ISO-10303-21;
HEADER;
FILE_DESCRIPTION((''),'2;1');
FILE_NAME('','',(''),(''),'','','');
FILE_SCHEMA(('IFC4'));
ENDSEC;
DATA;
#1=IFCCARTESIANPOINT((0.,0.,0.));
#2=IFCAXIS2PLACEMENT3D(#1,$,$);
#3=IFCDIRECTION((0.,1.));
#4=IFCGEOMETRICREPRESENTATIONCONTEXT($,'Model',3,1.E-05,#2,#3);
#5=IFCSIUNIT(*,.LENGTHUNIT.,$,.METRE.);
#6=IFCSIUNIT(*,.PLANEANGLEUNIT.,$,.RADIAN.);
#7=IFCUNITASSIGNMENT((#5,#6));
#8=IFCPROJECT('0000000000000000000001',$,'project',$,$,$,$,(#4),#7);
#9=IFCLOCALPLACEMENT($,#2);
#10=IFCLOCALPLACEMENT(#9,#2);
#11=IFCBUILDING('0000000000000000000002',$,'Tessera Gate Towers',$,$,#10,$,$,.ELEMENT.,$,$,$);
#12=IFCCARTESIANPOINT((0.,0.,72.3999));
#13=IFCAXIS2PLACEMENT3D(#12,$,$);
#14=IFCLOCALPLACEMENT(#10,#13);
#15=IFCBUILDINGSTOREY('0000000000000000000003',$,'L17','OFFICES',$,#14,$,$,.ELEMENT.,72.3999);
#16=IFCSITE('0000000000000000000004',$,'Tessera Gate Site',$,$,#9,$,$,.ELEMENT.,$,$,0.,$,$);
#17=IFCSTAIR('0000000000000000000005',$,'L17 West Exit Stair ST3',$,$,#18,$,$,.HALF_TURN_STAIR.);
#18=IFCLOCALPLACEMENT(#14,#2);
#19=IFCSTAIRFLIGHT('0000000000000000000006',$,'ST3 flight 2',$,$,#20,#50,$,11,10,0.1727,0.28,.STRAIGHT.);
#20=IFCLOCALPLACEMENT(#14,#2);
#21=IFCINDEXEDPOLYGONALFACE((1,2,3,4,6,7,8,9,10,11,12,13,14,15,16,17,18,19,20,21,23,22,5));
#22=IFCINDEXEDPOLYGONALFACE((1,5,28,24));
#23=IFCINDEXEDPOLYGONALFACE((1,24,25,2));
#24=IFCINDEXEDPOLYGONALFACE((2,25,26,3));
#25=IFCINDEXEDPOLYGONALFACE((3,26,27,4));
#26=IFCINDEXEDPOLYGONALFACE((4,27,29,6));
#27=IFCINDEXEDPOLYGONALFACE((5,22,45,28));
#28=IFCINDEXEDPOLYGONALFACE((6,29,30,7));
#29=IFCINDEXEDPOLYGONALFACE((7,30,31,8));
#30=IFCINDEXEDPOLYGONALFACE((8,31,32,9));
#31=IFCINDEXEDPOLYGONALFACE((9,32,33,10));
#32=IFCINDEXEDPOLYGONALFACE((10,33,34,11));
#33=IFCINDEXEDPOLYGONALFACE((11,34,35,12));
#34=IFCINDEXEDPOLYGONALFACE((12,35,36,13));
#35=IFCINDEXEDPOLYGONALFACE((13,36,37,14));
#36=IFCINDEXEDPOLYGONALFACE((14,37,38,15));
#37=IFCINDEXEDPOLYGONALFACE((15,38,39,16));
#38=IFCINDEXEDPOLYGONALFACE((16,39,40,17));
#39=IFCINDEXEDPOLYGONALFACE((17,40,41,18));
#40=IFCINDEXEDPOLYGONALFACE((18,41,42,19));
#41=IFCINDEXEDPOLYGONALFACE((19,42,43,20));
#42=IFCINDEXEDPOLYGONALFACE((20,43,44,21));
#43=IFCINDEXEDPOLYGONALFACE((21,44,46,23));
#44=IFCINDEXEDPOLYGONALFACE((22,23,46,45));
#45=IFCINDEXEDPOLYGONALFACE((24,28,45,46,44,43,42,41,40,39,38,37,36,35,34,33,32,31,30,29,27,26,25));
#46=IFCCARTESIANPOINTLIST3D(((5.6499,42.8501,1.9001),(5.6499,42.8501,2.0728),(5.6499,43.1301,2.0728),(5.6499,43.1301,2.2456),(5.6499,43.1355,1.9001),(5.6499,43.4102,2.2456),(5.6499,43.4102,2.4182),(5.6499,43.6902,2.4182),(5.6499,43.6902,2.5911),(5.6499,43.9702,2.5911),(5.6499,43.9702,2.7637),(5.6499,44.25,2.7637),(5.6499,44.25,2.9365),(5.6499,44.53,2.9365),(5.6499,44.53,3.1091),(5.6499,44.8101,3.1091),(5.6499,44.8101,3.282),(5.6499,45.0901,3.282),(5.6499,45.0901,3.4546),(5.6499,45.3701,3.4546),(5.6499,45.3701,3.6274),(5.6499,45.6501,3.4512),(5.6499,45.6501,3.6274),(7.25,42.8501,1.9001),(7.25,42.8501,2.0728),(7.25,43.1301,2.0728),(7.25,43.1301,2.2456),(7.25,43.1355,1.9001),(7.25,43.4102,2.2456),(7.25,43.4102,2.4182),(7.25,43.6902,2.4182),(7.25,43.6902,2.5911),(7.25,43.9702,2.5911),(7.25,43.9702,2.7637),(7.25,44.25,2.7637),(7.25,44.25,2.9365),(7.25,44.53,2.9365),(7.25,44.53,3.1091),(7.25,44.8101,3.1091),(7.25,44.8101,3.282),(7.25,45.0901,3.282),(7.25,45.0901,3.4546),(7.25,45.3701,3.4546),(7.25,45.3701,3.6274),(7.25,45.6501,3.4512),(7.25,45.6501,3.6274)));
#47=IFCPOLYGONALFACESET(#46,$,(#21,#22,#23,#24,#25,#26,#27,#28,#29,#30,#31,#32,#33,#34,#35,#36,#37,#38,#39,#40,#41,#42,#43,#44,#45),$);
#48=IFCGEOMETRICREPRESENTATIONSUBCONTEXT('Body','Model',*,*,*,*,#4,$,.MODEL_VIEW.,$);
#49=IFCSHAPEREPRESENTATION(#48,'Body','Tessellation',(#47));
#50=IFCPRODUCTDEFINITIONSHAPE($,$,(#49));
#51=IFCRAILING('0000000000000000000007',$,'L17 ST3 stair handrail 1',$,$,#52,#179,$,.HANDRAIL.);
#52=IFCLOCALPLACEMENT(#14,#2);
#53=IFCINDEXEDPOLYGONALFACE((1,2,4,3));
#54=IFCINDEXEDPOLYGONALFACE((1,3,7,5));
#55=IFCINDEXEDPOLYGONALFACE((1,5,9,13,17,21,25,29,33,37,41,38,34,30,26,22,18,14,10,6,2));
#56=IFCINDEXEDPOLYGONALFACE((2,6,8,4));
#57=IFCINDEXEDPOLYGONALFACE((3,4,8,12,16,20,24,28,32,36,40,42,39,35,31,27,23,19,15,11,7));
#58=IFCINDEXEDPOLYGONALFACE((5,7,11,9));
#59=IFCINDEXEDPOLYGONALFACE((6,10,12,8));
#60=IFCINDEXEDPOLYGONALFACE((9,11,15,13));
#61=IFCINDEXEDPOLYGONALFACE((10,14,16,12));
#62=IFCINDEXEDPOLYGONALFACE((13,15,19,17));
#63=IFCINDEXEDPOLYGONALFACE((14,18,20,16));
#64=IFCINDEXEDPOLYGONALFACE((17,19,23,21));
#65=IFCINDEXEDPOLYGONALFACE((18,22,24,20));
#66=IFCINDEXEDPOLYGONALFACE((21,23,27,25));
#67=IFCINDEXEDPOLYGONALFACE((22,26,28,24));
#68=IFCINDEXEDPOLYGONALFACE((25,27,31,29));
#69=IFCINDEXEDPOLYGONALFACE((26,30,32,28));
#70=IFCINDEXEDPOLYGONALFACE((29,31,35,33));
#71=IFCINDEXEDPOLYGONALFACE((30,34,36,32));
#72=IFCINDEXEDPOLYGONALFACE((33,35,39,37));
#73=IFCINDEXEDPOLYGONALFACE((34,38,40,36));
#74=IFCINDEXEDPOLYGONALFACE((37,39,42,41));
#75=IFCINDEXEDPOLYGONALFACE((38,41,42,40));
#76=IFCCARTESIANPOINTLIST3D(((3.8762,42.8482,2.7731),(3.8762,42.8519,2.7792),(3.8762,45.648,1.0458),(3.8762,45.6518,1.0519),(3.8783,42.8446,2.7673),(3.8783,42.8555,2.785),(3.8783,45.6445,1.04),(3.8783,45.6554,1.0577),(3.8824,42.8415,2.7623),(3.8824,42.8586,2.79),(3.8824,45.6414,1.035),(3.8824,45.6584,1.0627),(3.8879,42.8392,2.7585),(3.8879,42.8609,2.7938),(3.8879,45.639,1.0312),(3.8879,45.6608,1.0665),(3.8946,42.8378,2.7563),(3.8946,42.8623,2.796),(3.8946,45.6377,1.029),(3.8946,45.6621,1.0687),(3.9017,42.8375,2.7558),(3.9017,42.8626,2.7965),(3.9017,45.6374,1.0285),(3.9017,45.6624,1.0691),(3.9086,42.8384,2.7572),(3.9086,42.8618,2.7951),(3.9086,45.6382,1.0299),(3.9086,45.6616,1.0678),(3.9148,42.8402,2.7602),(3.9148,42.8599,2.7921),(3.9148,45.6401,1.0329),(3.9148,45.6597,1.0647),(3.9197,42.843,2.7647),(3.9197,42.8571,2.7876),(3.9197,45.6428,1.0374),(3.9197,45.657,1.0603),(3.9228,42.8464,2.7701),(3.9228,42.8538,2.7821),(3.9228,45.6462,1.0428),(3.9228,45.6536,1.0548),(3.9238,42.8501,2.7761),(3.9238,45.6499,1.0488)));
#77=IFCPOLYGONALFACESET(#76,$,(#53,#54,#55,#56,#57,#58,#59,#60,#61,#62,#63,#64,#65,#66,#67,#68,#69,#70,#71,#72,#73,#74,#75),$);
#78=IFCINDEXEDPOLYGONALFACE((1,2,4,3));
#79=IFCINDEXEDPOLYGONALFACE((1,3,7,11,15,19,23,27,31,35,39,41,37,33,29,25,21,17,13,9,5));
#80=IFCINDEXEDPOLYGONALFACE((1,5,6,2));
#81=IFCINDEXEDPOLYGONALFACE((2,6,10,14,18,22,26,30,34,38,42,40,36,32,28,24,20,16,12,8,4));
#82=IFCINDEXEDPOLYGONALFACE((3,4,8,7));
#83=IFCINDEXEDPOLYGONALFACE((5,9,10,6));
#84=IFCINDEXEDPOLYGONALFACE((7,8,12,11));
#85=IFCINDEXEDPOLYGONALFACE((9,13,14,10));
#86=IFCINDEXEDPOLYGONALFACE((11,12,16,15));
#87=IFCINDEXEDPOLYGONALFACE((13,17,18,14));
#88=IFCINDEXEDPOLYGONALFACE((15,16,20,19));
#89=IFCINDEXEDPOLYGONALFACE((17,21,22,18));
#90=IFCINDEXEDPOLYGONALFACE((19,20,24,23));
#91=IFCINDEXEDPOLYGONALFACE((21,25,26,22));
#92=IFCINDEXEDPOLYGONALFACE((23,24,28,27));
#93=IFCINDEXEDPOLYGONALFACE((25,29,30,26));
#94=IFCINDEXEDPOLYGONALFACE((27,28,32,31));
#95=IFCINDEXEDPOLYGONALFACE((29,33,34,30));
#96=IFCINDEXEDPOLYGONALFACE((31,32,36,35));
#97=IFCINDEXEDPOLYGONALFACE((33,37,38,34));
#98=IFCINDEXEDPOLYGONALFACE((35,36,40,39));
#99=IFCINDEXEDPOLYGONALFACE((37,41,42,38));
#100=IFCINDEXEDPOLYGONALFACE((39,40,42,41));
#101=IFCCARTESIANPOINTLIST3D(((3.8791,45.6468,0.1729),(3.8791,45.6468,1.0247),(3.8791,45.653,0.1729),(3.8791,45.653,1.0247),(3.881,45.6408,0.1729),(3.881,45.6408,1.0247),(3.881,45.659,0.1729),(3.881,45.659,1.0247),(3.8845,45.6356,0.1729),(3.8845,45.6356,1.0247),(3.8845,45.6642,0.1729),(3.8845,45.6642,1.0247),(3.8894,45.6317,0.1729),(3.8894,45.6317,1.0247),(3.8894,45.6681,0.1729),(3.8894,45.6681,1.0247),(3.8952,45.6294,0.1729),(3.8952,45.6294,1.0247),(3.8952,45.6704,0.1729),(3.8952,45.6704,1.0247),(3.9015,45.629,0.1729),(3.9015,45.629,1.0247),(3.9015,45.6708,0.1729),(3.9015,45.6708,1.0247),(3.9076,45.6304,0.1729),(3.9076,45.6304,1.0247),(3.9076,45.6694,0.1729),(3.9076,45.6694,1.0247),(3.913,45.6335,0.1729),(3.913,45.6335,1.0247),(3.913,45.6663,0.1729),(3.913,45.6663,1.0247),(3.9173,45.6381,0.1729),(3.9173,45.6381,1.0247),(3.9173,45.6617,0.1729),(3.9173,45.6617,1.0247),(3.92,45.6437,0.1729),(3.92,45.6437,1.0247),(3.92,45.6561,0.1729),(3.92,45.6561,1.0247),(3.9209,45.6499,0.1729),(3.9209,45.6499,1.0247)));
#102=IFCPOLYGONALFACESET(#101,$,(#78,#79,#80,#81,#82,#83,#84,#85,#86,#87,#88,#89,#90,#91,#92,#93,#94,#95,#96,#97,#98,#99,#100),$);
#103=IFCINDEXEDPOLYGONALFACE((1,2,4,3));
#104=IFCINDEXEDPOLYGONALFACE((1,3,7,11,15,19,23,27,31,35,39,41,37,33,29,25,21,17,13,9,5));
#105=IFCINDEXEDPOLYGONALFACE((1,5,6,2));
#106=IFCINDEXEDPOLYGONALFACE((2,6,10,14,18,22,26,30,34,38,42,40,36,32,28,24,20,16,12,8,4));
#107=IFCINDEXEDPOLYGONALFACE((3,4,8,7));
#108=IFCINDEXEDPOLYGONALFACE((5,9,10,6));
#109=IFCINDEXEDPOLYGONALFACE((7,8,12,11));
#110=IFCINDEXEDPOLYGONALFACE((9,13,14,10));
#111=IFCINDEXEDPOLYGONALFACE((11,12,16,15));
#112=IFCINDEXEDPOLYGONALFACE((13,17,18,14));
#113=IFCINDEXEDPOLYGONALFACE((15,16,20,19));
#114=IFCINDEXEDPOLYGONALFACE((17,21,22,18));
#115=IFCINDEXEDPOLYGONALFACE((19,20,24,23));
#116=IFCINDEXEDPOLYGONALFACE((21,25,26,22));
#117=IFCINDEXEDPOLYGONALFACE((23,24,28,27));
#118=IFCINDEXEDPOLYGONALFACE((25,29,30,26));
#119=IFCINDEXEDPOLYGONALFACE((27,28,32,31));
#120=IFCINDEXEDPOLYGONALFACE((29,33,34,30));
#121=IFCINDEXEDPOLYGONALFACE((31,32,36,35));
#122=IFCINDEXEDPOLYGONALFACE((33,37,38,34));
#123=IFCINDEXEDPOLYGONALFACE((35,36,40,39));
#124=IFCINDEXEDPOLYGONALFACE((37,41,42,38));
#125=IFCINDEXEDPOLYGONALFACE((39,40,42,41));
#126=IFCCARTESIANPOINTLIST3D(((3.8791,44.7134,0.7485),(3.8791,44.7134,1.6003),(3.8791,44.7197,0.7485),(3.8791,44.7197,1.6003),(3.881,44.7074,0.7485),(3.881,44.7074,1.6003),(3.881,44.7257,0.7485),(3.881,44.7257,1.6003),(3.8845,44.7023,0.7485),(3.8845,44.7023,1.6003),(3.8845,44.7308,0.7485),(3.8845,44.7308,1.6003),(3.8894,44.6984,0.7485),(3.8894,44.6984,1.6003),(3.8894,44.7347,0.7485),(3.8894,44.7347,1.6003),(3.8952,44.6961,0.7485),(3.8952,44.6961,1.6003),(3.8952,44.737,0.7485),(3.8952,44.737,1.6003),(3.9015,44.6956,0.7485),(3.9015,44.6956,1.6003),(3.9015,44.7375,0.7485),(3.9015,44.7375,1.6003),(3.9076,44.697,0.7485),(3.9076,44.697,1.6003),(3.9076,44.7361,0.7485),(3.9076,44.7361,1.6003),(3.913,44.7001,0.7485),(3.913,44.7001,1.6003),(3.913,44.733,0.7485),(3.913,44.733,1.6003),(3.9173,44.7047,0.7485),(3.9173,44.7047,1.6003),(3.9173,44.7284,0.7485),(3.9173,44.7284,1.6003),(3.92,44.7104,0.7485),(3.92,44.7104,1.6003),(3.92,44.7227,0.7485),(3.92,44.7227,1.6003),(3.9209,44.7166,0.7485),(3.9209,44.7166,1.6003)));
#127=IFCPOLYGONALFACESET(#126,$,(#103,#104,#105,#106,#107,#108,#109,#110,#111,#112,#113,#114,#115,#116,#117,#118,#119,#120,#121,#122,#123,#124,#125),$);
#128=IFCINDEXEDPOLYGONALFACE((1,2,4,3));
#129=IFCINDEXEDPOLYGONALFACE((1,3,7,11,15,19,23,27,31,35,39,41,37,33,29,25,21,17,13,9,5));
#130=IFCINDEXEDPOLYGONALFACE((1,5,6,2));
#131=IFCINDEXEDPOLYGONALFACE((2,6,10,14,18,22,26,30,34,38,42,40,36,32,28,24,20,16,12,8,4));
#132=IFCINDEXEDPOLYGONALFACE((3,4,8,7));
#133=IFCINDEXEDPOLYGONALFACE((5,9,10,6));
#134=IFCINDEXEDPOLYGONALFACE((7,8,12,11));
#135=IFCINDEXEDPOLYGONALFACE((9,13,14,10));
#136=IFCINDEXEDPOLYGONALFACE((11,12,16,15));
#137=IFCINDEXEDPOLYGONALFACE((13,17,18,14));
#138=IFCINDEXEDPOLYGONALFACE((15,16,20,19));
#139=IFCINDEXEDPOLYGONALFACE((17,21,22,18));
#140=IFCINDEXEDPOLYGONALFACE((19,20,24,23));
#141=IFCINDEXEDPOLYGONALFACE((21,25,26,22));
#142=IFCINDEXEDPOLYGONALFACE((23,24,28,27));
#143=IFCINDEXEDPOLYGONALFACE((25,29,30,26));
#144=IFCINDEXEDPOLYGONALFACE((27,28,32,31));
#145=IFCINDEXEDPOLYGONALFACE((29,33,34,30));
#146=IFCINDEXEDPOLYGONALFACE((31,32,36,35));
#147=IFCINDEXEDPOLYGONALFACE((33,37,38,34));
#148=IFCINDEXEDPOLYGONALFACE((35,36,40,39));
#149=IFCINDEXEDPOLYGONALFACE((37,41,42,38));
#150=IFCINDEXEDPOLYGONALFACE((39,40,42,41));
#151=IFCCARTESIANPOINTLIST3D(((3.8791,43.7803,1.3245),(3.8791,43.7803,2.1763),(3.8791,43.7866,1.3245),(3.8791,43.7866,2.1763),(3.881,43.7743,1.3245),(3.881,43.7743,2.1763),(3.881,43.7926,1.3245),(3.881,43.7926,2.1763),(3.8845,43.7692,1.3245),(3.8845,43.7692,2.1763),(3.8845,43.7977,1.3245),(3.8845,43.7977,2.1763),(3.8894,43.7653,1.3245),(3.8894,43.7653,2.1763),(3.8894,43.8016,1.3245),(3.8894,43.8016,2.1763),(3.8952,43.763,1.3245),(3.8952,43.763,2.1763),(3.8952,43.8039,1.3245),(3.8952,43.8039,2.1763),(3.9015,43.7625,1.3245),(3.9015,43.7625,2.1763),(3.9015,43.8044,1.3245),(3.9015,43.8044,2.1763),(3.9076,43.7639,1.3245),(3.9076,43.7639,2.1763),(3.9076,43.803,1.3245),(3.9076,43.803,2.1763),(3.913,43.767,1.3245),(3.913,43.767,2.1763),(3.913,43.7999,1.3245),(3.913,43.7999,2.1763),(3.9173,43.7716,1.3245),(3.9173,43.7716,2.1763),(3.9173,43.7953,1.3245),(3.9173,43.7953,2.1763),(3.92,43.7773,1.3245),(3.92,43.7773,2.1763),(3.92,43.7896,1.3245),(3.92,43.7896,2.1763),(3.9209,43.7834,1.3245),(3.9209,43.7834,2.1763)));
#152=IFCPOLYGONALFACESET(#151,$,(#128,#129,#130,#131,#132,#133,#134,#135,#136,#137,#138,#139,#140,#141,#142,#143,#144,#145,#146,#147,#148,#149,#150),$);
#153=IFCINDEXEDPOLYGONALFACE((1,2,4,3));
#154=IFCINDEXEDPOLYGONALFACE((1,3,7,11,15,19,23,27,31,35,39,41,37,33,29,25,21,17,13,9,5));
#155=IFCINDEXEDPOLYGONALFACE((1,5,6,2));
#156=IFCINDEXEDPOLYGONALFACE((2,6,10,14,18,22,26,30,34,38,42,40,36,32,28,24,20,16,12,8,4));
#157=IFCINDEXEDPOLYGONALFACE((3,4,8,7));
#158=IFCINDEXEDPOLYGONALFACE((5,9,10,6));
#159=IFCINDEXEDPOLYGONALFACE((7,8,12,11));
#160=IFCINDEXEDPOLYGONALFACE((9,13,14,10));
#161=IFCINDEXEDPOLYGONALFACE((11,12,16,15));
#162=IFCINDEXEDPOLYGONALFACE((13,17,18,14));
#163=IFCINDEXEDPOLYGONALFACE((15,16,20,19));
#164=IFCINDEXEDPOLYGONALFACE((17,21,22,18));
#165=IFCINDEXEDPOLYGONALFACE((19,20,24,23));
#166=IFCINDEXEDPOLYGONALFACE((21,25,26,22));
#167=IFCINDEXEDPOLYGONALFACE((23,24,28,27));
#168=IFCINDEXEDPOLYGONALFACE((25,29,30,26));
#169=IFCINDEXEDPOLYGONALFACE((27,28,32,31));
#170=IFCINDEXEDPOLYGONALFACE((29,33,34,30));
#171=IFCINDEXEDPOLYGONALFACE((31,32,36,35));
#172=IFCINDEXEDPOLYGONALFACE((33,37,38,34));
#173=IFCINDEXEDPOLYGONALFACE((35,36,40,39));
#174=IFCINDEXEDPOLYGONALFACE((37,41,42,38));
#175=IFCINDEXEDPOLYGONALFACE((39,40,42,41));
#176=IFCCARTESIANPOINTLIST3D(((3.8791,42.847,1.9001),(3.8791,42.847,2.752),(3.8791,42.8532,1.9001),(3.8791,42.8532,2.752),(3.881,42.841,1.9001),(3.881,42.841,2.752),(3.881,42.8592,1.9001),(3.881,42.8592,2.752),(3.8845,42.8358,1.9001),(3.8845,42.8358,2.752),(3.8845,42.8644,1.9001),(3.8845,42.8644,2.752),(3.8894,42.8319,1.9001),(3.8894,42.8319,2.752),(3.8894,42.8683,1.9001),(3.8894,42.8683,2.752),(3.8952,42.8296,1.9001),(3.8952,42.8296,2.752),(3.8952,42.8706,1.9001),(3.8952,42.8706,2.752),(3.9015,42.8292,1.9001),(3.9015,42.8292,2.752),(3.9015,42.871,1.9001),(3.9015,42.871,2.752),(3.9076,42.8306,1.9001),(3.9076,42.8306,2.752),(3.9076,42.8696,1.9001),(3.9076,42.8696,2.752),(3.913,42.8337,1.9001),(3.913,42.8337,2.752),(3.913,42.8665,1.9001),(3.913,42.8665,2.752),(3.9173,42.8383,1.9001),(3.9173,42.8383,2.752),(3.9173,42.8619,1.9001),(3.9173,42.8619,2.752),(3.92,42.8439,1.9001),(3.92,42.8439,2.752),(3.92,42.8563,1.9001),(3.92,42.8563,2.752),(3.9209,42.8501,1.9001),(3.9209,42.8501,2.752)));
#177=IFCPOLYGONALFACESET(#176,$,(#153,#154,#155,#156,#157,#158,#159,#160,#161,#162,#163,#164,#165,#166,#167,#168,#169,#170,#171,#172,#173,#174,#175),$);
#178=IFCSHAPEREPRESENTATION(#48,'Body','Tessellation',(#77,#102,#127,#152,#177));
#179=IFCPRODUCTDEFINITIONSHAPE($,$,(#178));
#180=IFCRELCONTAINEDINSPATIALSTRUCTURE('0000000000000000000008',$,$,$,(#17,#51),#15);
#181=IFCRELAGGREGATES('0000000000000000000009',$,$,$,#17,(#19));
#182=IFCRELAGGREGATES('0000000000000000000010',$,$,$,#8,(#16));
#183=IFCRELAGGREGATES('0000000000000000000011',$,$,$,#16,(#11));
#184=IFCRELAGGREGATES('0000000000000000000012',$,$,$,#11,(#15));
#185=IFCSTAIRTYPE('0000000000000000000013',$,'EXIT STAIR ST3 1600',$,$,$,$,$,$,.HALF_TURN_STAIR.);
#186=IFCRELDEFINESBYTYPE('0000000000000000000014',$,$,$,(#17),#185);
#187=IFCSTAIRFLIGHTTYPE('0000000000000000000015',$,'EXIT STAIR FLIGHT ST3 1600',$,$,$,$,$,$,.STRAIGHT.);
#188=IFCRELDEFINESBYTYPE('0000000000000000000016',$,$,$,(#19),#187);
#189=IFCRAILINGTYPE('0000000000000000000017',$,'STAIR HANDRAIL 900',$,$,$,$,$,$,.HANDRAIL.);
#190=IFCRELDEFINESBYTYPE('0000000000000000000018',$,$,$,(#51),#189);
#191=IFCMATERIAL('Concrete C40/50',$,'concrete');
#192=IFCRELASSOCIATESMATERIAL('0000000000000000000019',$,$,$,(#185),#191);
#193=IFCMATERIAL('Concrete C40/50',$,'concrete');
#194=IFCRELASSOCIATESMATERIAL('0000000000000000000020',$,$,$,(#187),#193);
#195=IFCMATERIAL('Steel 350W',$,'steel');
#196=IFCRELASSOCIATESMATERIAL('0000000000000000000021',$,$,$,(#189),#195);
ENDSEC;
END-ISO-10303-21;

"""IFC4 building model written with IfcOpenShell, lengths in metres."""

from ifc_helpers import new_model, si_unit, direction, frame, origin, origin_2d, place, context, subcontext, project, spatial, polyline, circle, outline, extrude, material, type_object, element, aggregate, save


model = new_model("IFC4")

# Units and contexts
model_context = context("Model", 3, precision=1e-05, world=origin(), true_north=direction((0.0, 1.0)))
body_context = subcontext(model_context, "Body", "Model", "MODEL_VIEW")
ifc_project = project(units=[si_unit("LENGTHUNIT", "METRE"), si_unit("PLANEANGLEUNIT", "RADIAN")], contexts=[model_context])

# Site, building, storey
site_placement = place(None, origin())
site = spatial("IfcSite", under=ifc_project, at=site_placement, Name="Tessera Gate Site", CompositionType="ELEMENT", RefElevation=0.0)
building_placement = place(site_placement, origin())
building = spatial("IfcBuilding", under=site, at=building_placement, Name="Tessera Gate Towers", CompositionType="ELEMENT")
storey_placement = place(building_placement, frame((0.0, 0.0, 72.3999)))
storey = spatial("IfcBuildingStorey", under=building, at=storey_placement, Name="L17", Description="OFFICES", CompositionType="ELEMENT", Elevation=72.3999)

# Stair, stair flight
ifc_material_1 = material(Name="Concrete C40/50", Category="concrete")
stair_type = type_object("IfcStairType", Name="EXIT STAIR ST3 1600", PredefinedType="HALF_TURN_STAIR", material=ifc_material_1)
stair_placement = place(storey_placement, origin())
stair = element("IfcStair", 1, at=stair_placement, inside=storey, type_object=stair_type, Name="L17 West Exit Stair ST3", PredefinedType="HALF_TURN_STAIR")
ifc_material_2 = material(Name="Concrete C40/50", Category="concrete")
stair_flight_type = type_object("IfcStairFlightType", Name="EXIT STAIR FLIGHT ST3 1600", PredefinedType="STRAIGHT", material=ifc_material_2)
stair_flight_1_placement = place(storey_placement, frame((6.45, 42.8501, 1.9001), z_axis=(0.0, 0.0, 1.0), x_axis=(0.0, 1.0, 0.0)))
stair_flight_1 = element("IfcStairFlight", 2, at=stair_flight_1_placement, type_object=stair_flight_type, Name="ST3 flight 2", NumberOfRisers=11, NumberOfTreads=10, PredefinedType="STRAIGHT", RiserHeight=0.1727, TreadLength=0.28, context=body_context, shape_type="SweptSolid", body=[
    extrude(outline(polyline([(0.0, 0.0), (0.0, 0.1726), (0.28, 0.1726), (0.28, 0.3455), (0.5601, 0.3455), (0.5601, 0.5181), (0.8401, 0.5181), (0.8401, 0.6909), (1.1201, 0.6909), (1.1201, 0.8635), (1.3999, 0.8635), (1.3999, 1.0364), (1.6799, 1.0364), (1.6799, 1.209), (1.96, 1.209), (1.96, 1.3818), (2.24, 1.3818), (2.24, 1.5544), (2.52, 1.5544), (2.52, 1.7273), (2.8, 1.7273), (2.8, 1.8999), (2.8, 1.551), (0.2854, 0.0), (0.0, 0.0)])), frame((0.0, 0.8, 0.0), z_axis=(0.0, -1.0, 0.0), x_axis=(1.0, 0.0, 0.0)), (0.0, 0.0, 1.0), 1.6001),
])
aggregate(stair, [stair_flight_1])

# Railing
ifc_material_3 = material(Name="Steel 350W", Category="steel")
railing_type_1 = type_object("IfcRailingType", Name="STAIR HANDRAIL 900", PredefinedType="HANDRAIL", material=ifc_material_3)
railing_1_placement = place(storey_placement, frame((3.8999, 45.6499, 0.1729)))
element("IfcRailing", 3, at=railing_1_placement, inside=storey, type_object=railing_type_1, Name="L17 ST3 stair handrail 1", PredefinedType="HANDRAIL", context=body_context, shape_type="SweptSolid", body=[
    extrude(circle(Radius=0.0239, at=origin_2d()), frame((0.0, 0.0, 0.876), z_axis=(0.0, -0.851069, 0.525054), x_axis=(1.0, 0.0, 0.0)), (0.0, 0.0, 1.0), 3.2898),
    extrude(circle(Radius=0.021, at=origin_2d()), origin(), (0.0, 0.0, 1.0), 0.8518),
    extrude(circle(Radius=0.021, at=origin_2d()), frame((0.0, -0.9333, 0.5757)), (0.0, 0.0, 1.0), 0.8518),
    extrude(circle(Radius=0.021, at=origin_2d()), frame((0.0, -1.8665, 1.1516)), (0.0, 0.0, 1.0), 0.8518),
    extrude(circle(Radius=0.021, at=origin_2d()), frame((0.0, -2.7998, 1.7273)), (0.0, 0.0, 1.0), 0.8518),
])

save(model, "model.ifc")
